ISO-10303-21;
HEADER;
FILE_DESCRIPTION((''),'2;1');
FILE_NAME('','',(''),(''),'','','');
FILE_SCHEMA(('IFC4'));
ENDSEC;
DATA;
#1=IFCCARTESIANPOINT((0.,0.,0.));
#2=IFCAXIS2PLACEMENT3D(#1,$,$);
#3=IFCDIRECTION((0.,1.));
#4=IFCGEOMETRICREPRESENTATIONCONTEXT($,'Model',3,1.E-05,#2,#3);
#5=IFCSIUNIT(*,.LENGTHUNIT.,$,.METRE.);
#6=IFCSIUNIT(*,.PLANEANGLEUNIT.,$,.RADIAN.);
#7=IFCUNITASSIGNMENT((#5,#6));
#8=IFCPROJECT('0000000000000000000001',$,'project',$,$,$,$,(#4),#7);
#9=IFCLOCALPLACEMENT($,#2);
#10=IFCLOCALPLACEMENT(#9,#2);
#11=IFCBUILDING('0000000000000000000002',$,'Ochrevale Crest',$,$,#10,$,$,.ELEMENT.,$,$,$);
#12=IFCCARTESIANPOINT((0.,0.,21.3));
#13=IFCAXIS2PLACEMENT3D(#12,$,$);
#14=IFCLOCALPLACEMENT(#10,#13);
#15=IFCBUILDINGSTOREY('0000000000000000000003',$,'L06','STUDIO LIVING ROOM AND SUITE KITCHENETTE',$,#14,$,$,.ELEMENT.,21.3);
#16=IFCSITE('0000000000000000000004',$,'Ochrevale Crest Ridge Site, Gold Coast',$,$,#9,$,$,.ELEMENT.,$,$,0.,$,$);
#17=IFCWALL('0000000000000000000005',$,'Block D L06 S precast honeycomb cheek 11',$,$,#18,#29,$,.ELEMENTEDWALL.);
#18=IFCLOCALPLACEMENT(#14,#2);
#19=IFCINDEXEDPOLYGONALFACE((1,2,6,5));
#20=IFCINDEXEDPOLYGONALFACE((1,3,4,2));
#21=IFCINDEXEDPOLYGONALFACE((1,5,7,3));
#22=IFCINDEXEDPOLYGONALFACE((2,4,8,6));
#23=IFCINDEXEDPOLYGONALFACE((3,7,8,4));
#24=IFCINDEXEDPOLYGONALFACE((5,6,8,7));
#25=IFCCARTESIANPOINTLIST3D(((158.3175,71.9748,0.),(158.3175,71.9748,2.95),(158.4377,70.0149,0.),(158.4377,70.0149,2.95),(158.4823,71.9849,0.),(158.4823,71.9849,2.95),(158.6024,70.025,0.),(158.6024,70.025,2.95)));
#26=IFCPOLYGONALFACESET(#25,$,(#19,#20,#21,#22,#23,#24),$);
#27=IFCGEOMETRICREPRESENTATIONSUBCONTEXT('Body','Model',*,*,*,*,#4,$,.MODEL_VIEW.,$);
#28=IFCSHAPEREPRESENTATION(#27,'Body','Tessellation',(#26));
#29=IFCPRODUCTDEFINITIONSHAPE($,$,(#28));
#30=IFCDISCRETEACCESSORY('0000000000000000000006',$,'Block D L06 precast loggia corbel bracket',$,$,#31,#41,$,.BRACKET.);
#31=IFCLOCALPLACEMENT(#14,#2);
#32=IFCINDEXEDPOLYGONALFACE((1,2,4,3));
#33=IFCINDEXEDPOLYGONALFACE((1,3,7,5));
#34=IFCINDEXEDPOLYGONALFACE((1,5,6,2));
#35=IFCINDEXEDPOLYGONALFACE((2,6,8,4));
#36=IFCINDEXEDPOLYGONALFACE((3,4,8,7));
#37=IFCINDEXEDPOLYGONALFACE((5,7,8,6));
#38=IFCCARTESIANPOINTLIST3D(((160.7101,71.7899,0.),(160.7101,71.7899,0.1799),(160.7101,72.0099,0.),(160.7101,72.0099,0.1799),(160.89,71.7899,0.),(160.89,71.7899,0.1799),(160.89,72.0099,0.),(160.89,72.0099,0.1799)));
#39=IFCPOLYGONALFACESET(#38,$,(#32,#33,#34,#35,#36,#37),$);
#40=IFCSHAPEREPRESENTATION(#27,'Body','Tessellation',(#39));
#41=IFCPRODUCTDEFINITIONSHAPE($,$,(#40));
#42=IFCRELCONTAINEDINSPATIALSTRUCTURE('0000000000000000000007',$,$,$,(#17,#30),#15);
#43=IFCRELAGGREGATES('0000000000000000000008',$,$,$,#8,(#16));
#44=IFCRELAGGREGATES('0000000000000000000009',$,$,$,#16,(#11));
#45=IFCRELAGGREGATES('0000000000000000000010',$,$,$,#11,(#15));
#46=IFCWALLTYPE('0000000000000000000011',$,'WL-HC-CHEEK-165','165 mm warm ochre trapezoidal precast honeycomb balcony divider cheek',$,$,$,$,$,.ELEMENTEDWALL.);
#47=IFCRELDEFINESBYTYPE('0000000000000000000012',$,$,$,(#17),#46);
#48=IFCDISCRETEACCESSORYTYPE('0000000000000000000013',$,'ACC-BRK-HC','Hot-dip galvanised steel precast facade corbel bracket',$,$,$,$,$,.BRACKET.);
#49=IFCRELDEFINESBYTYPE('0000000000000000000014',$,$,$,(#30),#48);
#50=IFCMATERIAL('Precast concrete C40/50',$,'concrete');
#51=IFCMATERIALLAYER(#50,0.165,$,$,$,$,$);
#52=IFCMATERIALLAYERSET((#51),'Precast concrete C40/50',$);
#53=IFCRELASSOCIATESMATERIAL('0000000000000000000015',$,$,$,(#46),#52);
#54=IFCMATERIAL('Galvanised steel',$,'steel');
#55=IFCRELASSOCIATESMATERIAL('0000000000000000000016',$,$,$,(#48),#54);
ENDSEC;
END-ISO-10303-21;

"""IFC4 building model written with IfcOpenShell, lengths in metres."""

from ifc_helpers import new_model, si_unit, direction, frame, frame_2d, origin, origin_2d, place, context, subcontext, project, spatial, rectangle, extrude, material, layer, layer_set, type_object, element, save


model = new_model("IFC4")

# Units and contexts
model_context = context("Model", 3, precision=1e-05, world=origin(), true_north=direction((0.0, 1.0)))
body_context = subcontext(model_context, "Body", "Model", "MODEL_VIEW")
ifc_project = project(units=[si_unit("LENGTHUNIT", "METRE"), si_unit("PLANEANGLEUNIT", "RADIAN")], contexts=[model_context])

# Site, building, storey
site_placement = place(None, origin())
site = spatial("IfcSite", under=ifc_project, at=site_placement, Name="Ochrevale Crest Ridge Site, Gold Coast", CompositionType="ELEMENT", RefElevation=0.0)
building_placement = place(site_placement, origin())
building = spatial("IfcBuilding", under=site, at=building_placement, Name="Ochrevale Crest", CompositionType="ELEMENT")
storey_placement = place(building_placement, frame((0.0, 0.0, 21.3)))
storey = spatial("IfcBuildingStorey", under=building, at=storey_placement, Name="L06", Description="STUDIO LIVING ROOM AND SUITE KITCHENETTE", CompositionType="ELEMENT", Elevation=21.3)

# Shared definitions
ifc_material_1 = material(Name="Precast concrete C40/50", Category="concrete")

# Wall
ifc_layer_1 = layer(ifc_material_1, 0.165)
ifc_layer_set_1 = layer_set([ifc_layer_1], Name="Precast concrete C40/50")
wall_type = type_object("IfcWallType", Name="WL-HC-CHEEK-165", Description="165 mm warm ochre trapezoidal precast honeycomb balcony divider cheek", PredefinedType="ELEMENTEDWALL", material=ifc_layer_set_1)
wall_1_placement = place(storey_placement, frame((158.3999, 71.98, 0.0), z_axis=(0.0, 0.0, 1.0), x_axis=(0.061171, -0.998127, 0.0)))
element("IfcWall", 1, at=wall_1_placement, inside=storey, type_object=wall_type, Name="Block D L06 S precast honeycomb cheek 11", PredefinedType="ELEMENTEDWALL", context=body_context, shape_type="SweptSolid", body=[
    extrude(rectangle(XDim=1.9636, YDim=0.165, at=frame_2d((0.9819, 0.0))), origin(), (0.0, 0.0, 1.0), 2.95),
])

# Discrete accessory
ifc_material_2 = material(Name="Galvanised steel", Category="steel")
discrete_accessory_type = type_object("IfcDiscreteAccessoryType", Name="ACC-BRK-HC", Description="Hot-dip galvanised steel precast facade corbel bracket", PredefinedType="BRACKET", material=ifc_material_2)
discrete_accessory_placement = place(storey_placement, frame((160.8, 71.8999, 0.0), z_axis=(0.0, 0.0, 1.0), x_axis=(1.0, 0.0, 0.0)))
element("IfcDiscreteAccessory", 2, at=discrete_accessory_placement, inside=storey, type_object=discrete_accessory_type, Name="Block D L06 precast loggia corbel bracket", PredefinedType="BRACKET", context=body_context, shape_type="SweptSolid", body=[
    extrude(rectangle(XDim=0.1799, YDim=0.22, at=origin_2d()), origin(), (0.0, 0.0, 1.0), 0.1799),
])

save(model, "model.ifc")
